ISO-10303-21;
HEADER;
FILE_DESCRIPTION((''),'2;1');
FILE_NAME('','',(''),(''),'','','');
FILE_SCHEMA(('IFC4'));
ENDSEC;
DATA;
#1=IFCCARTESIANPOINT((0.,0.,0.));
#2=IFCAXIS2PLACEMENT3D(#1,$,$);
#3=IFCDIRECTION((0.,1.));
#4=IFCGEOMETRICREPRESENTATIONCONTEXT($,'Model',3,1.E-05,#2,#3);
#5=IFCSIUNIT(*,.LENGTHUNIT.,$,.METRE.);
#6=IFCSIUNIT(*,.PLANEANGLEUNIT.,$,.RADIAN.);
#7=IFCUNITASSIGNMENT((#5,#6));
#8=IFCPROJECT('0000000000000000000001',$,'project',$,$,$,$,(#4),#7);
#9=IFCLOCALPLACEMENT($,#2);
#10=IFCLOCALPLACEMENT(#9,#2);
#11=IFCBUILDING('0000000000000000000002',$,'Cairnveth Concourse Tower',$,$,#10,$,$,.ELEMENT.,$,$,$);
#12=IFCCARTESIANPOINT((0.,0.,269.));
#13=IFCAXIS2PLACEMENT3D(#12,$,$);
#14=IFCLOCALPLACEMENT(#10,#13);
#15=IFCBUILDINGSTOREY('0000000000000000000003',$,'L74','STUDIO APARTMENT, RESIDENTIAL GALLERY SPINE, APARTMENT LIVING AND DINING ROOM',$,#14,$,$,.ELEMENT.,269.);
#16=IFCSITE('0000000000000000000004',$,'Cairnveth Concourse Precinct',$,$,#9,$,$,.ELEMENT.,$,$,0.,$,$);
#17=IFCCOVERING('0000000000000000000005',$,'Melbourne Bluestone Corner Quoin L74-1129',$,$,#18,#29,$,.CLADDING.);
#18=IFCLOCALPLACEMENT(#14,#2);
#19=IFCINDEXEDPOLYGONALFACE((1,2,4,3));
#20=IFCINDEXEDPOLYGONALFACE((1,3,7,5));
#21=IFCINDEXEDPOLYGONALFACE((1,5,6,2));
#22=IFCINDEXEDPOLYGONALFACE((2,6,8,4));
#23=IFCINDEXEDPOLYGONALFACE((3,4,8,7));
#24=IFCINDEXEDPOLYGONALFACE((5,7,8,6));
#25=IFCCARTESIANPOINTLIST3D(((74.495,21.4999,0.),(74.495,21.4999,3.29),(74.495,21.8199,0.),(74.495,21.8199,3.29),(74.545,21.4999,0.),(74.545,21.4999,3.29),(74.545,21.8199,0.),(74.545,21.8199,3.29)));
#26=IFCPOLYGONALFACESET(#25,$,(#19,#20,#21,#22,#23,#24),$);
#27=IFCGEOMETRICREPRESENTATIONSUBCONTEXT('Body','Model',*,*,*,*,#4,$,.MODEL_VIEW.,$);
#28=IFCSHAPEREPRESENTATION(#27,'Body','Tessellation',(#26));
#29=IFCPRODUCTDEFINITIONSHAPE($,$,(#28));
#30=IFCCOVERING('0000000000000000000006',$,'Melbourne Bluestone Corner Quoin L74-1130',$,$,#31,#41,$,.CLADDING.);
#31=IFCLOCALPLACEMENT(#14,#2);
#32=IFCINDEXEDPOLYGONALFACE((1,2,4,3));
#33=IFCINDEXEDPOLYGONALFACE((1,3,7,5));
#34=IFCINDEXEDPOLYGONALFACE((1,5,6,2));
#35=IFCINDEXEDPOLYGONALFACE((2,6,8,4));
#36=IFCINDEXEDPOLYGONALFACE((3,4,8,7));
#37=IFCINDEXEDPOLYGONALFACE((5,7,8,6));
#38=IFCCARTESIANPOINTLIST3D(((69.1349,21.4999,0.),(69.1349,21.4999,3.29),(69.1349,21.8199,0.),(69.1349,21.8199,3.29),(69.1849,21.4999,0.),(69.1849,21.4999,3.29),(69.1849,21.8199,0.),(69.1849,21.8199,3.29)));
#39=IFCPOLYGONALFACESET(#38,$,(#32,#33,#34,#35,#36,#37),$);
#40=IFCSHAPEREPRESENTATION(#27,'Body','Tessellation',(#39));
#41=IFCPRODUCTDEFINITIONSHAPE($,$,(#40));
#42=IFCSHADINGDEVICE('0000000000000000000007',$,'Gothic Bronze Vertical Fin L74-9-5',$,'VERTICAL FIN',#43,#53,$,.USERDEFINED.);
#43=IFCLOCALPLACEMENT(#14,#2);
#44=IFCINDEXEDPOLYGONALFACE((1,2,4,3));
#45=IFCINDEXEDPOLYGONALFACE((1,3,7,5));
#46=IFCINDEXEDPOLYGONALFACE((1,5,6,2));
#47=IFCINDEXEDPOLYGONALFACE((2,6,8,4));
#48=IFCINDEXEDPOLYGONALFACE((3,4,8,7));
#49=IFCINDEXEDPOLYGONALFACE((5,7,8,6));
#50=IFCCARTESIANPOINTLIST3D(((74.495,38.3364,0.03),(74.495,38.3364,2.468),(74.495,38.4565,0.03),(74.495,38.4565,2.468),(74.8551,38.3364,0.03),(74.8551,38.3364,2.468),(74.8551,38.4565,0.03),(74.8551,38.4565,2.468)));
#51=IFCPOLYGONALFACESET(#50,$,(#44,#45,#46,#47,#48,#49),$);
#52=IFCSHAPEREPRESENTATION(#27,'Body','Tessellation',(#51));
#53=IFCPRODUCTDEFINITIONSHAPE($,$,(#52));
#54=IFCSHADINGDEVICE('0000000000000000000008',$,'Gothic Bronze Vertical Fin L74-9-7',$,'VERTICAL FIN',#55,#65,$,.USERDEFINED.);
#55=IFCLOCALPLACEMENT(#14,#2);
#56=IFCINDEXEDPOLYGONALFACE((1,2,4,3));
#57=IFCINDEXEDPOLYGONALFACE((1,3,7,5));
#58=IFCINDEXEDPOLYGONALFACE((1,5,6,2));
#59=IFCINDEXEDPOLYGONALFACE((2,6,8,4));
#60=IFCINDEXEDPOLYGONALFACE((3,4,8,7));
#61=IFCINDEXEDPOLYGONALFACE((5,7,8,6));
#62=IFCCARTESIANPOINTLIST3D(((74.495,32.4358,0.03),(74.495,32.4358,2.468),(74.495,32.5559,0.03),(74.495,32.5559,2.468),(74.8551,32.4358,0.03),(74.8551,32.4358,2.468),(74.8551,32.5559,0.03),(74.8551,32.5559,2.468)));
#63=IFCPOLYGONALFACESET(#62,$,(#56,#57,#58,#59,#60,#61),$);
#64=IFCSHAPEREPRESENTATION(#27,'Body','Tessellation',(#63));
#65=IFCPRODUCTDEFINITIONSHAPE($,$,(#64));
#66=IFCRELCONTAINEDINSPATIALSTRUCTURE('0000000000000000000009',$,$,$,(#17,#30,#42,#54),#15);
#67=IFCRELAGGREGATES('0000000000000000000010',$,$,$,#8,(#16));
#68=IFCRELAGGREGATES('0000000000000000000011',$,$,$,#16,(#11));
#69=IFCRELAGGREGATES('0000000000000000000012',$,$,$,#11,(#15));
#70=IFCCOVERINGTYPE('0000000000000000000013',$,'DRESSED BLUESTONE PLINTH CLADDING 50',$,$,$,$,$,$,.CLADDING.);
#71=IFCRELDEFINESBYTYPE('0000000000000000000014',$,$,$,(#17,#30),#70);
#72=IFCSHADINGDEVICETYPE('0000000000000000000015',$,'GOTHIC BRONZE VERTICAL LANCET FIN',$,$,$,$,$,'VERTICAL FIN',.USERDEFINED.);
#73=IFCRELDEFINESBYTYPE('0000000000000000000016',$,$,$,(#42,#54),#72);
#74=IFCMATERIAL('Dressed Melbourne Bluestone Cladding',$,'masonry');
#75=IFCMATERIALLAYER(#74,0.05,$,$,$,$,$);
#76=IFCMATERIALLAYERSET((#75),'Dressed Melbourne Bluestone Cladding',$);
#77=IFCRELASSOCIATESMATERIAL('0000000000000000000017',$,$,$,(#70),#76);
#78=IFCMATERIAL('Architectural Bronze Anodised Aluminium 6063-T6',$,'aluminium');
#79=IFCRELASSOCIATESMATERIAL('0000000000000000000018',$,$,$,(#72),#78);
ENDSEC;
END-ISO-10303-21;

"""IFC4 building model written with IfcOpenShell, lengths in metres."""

from ifc_helpers import new_model, si_unit, direction, frame, frame_2d, origin, origin_2d, place, context, subcontext, project, spatial, rectangle, extrude, material, layer, layer_set, type_object, element, save


model = new_model("IFC4")

# Units and contexts
model_context = context("Model", 3, precision=1e-05, world=origin(), true_north=direction((0.0, 1.0)))
body_context = subcontext(model_context, "Body", "Model", "MODEL_VIEW")
ifc_project = project(units=[si_unit("LENGTHUNIT", "METRE"), si_unit("PLANEANGLEUNIT", "RADIAN")], contexts=[model_context])

# Site, building, storey
site_placement = place(None, origin())
site = spatial("IfcSite", under=ifc_project, at=site_placement, Name="Cairnveth Concourse Precinct", CompositionType="ELEMENT", RefElevation=0.0)
building_placement = place(site_placement, origin())
building = spatial("IfcBuilding", under=site, at=building_placement, Name="Cairnveth Concourse Tower", CompositionType="ELEMENT")
storey_placement = place(building_placement, frame((0.0, 0.0, 269.0)))
storey = spatial("IfcBuildingStorey", under=building, at=storey_placement, Name="L74", Description="STUDIO APARTMENT, RESIDENTIAL GALLERY SPINE, APARTMENT LIVING AND DINING ROOM", CompositionType="ELEMENT", Elevation=269.0)

# Coverings
ifc_material_1 = material(Name="Dressed Melbourne Bluestone Cladding", Category="masonry")
ifc_layer_1 = layer(ifc_material_1, 0.05)
ifc_layer_set_1 = layer_set([ifc_layer_1], Name="Dressed Melbourne Bluestone Cladding")
covering_type = type_object("IfcCoveringType", Name="DRESSED BLUESTONE PLINTH CLADDING 50", PredefinedType="CLADDING", material=ifc_layer_set_1)
for number, where, z_axis, x_axis, name in (
    (1, (74.52, 21.8201, 0.0), (0.0, 0.0, 1.0), (0.0, -1.0, 0.0), "Melbourne Bluestone Corner Quoin L74-1129"),
    (2, (69.1599, 21.8201, 0.0), (0.0, 0.0, 1.0), (0.0, -1.0, 0.0), "Melbourne Bluestone Corner Quoin L74-1130"),
):
    element("IfcCovering", number, at=place(storey_placement, frame(where, z_axis=z_axis, x_axis=x_axis)), inside=storey, type_object=covering_type, Name=name, PredefinedType="CLADDING", context=body_context, shape_type="SweptSolid", body=[
        extrude(rectangle(XDim=0.3201, YDim=0.05, at=frame_2d((0.1602, 0.0))), origin(), (0.0, 0.0, 1.0), 3.29),
    ])

# Shading devices
ifc_material_2 = material(Name="Architectural Bronze Anodised Aluminium 6063-T6", Category="aluminium")
shading_device_type = type_object("IfcShadingDeviceType", Name="GOTHIC BRONZE VERTICAL LANCET FIN", ElementType="VERTICAL FIN", PredefinedType="USERDEFINED", material=ifc_material_2)
for number, where, z_axis, x_axis, name in (
    (3, (74.675, 38.3965, 0.03), (0.0, 0.0, 1.0), (0.0, 1.0, 0.0), "Gothic Bronze Vertical Fin L74-9-5"),
    (4, (74.675, 32.4958, 0.03), (0.0, 0.0, 1.0), (0.0, 1.0, 0.0), "Gothic Bronze Vertical Fin L74-9-7"),
):
    element("IfcShadingDevice", number, at=place(storey_placement, frame(where, z_axis=z_axis, x_axis=x_axis)), inside=storey, type_object=shading_device_type, Name=name, ObjectType="VERTICAL FIN", PredefinedType="USERDEFINED", context=body_context, shape_type="SweptSolid", body=[
        extrude(rectangle(XDim=0.1201, YDim=0.3601, at=origin_2d()), origin(), (0.0, 0.0, 1.0), 2.438),
    ])

save(model, "model.ifc")
